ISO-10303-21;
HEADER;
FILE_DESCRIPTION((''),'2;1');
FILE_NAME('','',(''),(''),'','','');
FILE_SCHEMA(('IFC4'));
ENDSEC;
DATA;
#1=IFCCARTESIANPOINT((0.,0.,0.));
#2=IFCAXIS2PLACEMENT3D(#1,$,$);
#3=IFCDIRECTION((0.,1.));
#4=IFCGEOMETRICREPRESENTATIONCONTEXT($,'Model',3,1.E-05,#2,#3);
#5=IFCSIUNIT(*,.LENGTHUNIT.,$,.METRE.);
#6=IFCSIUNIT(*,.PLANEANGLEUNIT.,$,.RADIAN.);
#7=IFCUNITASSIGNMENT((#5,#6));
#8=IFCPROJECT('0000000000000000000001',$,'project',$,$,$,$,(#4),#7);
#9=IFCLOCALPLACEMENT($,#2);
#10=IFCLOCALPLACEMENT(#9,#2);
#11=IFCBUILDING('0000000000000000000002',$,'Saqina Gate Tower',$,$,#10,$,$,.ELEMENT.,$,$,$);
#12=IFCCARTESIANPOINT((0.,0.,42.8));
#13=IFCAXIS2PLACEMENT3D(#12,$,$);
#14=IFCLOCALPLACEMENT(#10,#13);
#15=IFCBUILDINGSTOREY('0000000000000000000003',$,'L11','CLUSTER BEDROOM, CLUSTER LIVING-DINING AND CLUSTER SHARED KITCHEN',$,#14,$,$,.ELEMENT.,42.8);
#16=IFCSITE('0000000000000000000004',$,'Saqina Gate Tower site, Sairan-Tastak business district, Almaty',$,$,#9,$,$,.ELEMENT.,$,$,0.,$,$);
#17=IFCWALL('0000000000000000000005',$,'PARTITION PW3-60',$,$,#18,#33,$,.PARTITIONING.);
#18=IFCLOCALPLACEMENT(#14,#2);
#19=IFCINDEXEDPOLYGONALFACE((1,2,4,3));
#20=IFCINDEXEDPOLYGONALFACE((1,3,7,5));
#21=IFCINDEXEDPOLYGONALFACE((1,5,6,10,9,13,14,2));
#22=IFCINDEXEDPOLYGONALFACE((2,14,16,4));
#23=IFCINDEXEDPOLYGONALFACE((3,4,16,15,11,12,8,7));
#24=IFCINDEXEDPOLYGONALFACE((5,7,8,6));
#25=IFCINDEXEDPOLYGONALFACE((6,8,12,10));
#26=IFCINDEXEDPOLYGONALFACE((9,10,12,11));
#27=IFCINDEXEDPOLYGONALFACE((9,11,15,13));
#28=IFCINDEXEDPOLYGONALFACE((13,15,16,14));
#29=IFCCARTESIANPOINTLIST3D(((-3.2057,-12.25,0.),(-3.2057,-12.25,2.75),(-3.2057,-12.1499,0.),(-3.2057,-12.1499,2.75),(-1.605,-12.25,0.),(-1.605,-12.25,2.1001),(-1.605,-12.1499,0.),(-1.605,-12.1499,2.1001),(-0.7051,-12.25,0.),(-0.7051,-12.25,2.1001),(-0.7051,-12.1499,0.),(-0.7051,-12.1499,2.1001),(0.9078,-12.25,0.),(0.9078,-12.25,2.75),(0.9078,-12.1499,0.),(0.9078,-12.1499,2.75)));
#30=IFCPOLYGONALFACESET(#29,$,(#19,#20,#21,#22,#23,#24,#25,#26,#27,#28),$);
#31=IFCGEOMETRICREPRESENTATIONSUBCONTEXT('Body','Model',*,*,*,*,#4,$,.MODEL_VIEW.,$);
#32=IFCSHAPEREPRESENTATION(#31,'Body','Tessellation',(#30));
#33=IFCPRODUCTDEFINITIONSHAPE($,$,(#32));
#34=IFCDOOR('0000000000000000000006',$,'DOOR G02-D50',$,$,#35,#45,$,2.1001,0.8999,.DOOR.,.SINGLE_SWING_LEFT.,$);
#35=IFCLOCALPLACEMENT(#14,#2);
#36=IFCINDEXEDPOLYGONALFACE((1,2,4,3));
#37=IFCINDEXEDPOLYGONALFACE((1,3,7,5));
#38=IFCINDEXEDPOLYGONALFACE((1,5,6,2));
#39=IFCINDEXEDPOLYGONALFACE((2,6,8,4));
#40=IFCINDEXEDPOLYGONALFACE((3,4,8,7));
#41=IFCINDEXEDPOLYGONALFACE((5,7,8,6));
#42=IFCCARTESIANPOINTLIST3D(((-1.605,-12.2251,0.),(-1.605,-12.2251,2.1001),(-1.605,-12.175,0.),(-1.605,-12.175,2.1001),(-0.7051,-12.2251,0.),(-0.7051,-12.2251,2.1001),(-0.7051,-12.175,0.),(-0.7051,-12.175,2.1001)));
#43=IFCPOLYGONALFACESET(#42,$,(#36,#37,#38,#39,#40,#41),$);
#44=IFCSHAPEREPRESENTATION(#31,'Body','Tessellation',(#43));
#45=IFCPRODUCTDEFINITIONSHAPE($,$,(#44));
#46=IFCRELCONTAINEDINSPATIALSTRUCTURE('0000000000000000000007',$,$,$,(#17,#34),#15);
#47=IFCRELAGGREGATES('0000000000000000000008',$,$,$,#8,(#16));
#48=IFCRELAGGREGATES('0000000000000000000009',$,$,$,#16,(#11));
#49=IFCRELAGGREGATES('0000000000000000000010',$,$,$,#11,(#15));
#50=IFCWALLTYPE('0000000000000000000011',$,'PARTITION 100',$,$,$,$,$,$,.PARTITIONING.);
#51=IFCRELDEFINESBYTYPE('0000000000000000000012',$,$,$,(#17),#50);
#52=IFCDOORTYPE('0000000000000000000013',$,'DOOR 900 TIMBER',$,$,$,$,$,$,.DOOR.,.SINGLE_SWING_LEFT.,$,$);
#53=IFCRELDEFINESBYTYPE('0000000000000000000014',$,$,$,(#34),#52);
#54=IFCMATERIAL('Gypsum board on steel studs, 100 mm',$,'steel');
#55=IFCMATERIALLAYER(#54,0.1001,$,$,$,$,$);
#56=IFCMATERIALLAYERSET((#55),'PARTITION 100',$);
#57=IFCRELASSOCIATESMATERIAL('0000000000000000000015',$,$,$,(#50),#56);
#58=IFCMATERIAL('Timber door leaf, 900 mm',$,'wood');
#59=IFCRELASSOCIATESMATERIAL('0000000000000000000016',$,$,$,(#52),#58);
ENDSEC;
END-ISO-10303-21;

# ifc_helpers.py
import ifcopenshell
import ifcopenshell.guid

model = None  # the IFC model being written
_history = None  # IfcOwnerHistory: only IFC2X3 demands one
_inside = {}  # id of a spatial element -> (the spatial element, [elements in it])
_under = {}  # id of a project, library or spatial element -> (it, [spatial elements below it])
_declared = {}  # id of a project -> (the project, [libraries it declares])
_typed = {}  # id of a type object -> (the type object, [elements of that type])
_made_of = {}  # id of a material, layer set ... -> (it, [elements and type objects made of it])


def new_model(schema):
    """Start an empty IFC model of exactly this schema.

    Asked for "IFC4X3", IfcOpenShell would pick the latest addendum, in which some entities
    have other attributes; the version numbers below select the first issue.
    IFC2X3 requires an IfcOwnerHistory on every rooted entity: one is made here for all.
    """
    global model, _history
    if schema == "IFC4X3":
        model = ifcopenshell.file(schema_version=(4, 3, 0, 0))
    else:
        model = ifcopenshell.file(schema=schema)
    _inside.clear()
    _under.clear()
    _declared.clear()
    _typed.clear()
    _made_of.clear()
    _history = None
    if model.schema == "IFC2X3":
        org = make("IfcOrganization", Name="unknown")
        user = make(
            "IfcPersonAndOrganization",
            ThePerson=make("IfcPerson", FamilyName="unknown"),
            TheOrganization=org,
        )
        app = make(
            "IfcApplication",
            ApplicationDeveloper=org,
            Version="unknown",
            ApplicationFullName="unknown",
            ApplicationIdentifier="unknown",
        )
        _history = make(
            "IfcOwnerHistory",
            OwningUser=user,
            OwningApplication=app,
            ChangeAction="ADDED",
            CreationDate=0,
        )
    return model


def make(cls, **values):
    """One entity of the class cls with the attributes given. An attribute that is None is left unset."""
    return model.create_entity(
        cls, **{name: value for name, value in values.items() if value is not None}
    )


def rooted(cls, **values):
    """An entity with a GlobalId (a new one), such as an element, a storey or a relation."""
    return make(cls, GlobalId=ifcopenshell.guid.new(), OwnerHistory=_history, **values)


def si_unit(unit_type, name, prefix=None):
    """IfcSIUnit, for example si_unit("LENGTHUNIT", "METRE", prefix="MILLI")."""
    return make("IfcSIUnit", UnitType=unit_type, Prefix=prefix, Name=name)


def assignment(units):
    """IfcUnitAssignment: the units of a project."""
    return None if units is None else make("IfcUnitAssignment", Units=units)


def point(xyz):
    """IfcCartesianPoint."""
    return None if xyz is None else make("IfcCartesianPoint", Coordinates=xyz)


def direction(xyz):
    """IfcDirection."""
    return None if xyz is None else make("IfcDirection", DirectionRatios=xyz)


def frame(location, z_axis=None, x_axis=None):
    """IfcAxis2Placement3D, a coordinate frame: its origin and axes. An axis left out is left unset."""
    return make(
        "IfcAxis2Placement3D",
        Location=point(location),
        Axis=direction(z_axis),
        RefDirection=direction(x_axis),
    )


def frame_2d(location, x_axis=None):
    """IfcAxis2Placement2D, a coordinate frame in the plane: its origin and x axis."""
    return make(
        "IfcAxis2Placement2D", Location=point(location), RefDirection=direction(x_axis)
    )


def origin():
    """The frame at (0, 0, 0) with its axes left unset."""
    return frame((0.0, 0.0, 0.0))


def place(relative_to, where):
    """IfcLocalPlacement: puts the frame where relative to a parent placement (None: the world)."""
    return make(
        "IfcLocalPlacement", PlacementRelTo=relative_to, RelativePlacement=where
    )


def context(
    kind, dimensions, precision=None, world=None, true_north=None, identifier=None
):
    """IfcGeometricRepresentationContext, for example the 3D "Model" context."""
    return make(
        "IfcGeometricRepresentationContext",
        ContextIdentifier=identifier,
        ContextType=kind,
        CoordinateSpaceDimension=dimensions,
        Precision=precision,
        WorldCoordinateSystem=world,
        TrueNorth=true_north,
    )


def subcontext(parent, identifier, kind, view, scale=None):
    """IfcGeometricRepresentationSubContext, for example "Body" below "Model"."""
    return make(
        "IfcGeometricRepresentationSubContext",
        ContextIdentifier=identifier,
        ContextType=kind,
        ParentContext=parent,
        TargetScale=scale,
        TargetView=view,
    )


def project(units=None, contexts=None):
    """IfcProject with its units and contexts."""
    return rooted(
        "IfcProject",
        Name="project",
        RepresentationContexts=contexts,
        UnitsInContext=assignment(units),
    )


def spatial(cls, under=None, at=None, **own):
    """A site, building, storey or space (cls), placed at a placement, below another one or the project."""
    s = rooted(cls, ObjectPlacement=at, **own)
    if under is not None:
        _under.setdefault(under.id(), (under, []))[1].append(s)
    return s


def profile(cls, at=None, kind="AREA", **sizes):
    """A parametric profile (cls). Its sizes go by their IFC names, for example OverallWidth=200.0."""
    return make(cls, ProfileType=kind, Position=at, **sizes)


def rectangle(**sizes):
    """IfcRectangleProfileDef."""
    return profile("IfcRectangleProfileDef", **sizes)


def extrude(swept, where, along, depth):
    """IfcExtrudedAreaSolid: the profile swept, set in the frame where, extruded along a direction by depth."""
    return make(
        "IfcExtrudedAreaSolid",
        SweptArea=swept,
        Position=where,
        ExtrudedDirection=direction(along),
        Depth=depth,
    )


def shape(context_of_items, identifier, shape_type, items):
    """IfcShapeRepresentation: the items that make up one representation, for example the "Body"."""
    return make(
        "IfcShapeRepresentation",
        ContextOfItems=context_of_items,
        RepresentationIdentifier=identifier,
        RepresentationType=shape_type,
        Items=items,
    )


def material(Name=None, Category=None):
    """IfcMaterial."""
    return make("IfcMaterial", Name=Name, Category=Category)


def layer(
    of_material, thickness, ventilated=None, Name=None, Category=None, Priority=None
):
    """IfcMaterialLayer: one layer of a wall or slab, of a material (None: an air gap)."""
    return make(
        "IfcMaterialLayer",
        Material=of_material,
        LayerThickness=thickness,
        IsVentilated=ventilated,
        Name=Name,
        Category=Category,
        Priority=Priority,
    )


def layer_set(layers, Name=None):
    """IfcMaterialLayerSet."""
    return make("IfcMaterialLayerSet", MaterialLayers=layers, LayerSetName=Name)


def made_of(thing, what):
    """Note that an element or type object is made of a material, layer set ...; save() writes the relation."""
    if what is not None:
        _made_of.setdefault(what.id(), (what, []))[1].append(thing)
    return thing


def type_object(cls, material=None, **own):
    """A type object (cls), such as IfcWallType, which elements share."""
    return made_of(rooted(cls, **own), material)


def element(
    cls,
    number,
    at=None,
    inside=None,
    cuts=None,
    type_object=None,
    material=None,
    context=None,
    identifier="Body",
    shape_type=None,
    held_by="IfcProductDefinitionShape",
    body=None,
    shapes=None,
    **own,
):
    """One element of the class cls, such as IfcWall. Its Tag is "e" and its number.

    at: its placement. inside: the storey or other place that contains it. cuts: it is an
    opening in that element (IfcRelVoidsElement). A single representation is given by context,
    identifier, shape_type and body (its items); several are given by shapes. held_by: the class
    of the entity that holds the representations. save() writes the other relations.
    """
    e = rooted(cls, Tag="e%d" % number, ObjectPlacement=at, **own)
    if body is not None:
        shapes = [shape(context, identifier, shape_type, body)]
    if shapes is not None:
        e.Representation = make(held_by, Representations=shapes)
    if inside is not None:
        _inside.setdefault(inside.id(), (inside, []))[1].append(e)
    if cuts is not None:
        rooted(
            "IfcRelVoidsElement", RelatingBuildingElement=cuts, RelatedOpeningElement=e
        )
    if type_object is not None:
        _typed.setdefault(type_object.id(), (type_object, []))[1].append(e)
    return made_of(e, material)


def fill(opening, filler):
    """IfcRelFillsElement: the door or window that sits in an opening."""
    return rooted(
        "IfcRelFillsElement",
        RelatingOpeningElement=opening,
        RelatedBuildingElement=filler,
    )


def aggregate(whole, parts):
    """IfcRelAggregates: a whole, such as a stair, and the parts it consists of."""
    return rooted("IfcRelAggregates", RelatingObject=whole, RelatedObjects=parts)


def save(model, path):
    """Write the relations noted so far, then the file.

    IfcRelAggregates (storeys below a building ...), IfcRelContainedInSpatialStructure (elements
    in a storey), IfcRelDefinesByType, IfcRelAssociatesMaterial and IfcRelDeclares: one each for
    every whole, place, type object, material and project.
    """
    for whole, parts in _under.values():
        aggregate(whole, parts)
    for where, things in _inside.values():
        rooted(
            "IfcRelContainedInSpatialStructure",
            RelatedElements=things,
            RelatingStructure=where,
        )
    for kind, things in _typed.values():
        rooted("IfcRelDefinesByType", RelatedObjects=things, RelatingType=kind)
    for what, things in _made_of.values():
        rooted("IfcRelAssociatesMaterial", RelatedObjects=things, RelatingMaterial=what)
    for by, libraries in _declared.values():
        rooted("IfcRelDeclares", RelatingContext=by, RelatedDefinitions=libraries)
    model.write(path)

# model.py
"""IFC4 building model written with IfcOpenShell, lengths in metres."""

from ifc_helpers import new_model, si_unit, direction, frame, frame_2d, origin, place, context, subcontext, project, spatial, rectangle, extrude, material, layer, layer_set, type_object, element, fill, save


model = new_model("IFC4")

# Units and contexts
model_context = context("Model", 3, precision=1e-05, world=origin(), true_north=direction((0.0, 1.0)))
body_context = subcontext(model_context, "Body", "Model", "MODEL_VIEW")
ifc_project = project(units=[si_unit("LENGTHUNIT", "METRE"), si_unit("PLANEANGLEUNIT", "RADIAN")], contexts=[model_context])

# Site, building, storey
site_placement = place(None, origin())
site = spatial("IfcSite", under=ifc_project, at=site_placement, Name="Saqina Gate Tower site, Sairan-Tastak business district, Almaty", CompositionType="ELEMENT", RefElevation=0.0)
building_placement = place(site_placement, origin())
building = spatial("IfcBuilding", under=site, at=building_placement, Name="Saqina Gate Tower", CompositionType="ELEMENT")
storey_placement = place(building_placement, frame((0.0, 0.0, 42.8)))
storey = spatial("IfcBuildingStorey", under=building, at=storey_placement, Name="L11", Description="CLUSTER BEDROOM, CLUSTER LIVING-DINING AND CLUSTER SHARED KITCHEN", CompositionType="ELEMENT", Elevation=42.8)

# Wall, opening, door
ifc_material_1 = material(Name="Gypsum board on steel studs, 100 mm", Category="steel")
ifc_layer_1 = layer(ifc_material_1, 0.1001)
ifc_layer_set_1 = layer_set([ifc_layer_1], Name="PARTITION 100")
wall_type_1 = type_object("IfcWallType", Name="PARTITION 100", PredefinedType="PARTITIONING", material=ifc_layer_set_1)
wall_1_placement = place(storey_placement, frame((-3.2056, -12.2, 0.0), z_axis=(0.0, 0.0, 1.0), x_axis=(1.0, 0.0, 0.0)))
wall_1 = element("IfcWall", 1, at=wall_1_placement, inside=storey, type_object=wall_type_1, Name="PARTITION PW3-60", PredefinedType="PARTITIONING", context=body_context, shape_type="SweptSolid", body=[
    extrude(rectangle(XDim=4.1135, YDim=0.1001, at=frame_2d((2.0566, 0.0))), origin(), (0.0, 0.0, 1.0), 2.75),
])
opening_1_placement = place(wall_1_placement, frame((1.6006, 0.0, 0.0)))
opening_1 = element("IfcOpeningElement", 2, at=opening_1_placement, cuts=wall_1, PredefinedType="OPENING", context=body_context, shape_type="SweptSolid", body=[
    extrude(rectangle(XDim=0.8999, YDim=2.1001, at=frame_2d((0.45, 1.05))), frame((0.0, 0.062, 0.0), z_axis=(0.0, -1.0, 0.0), x_axis=(1.0, 0.0, 0.0)), (0.0, 0.0, 1.0), 0.124),
])
ifc_material_2 = material(Name="Timber door leaf, 900 mm", Category="wood")
door_type = type_object("IfcDoorType", Name="DOOR 900 TIMBER", OperationType="SINGLE_SWING_LEFT", PredefinedType="DOOR", material=ifc_material_2)
door_placement = place(opening_1_placement, origin())
door = element("IfcDoor", 3, at=door_placement, inside=storey, type_object=door_type, Name="DOOR G02-D50", OperationType="SINGLE_SWING_LEFT", OverallHeight=2.1001, OverallWidth=0.8999, PredefinedType="DOOR", context=body_context, shape_type="SweptSolid", body=[
    extrude(rectangle(XDim=0.8999, YDim=2.1001, at=frame_2d((0.45, 1.05))), frame((0.0, 0.0249, 0.0), z_axis=(0.0, -1.0, 0.0), x_axis=(1.0, 0.0, 0.0)), (0.0, 0.0, 1.0), 0.05),
])
fill(opening_1, door)

save(model, "model.ifc")
